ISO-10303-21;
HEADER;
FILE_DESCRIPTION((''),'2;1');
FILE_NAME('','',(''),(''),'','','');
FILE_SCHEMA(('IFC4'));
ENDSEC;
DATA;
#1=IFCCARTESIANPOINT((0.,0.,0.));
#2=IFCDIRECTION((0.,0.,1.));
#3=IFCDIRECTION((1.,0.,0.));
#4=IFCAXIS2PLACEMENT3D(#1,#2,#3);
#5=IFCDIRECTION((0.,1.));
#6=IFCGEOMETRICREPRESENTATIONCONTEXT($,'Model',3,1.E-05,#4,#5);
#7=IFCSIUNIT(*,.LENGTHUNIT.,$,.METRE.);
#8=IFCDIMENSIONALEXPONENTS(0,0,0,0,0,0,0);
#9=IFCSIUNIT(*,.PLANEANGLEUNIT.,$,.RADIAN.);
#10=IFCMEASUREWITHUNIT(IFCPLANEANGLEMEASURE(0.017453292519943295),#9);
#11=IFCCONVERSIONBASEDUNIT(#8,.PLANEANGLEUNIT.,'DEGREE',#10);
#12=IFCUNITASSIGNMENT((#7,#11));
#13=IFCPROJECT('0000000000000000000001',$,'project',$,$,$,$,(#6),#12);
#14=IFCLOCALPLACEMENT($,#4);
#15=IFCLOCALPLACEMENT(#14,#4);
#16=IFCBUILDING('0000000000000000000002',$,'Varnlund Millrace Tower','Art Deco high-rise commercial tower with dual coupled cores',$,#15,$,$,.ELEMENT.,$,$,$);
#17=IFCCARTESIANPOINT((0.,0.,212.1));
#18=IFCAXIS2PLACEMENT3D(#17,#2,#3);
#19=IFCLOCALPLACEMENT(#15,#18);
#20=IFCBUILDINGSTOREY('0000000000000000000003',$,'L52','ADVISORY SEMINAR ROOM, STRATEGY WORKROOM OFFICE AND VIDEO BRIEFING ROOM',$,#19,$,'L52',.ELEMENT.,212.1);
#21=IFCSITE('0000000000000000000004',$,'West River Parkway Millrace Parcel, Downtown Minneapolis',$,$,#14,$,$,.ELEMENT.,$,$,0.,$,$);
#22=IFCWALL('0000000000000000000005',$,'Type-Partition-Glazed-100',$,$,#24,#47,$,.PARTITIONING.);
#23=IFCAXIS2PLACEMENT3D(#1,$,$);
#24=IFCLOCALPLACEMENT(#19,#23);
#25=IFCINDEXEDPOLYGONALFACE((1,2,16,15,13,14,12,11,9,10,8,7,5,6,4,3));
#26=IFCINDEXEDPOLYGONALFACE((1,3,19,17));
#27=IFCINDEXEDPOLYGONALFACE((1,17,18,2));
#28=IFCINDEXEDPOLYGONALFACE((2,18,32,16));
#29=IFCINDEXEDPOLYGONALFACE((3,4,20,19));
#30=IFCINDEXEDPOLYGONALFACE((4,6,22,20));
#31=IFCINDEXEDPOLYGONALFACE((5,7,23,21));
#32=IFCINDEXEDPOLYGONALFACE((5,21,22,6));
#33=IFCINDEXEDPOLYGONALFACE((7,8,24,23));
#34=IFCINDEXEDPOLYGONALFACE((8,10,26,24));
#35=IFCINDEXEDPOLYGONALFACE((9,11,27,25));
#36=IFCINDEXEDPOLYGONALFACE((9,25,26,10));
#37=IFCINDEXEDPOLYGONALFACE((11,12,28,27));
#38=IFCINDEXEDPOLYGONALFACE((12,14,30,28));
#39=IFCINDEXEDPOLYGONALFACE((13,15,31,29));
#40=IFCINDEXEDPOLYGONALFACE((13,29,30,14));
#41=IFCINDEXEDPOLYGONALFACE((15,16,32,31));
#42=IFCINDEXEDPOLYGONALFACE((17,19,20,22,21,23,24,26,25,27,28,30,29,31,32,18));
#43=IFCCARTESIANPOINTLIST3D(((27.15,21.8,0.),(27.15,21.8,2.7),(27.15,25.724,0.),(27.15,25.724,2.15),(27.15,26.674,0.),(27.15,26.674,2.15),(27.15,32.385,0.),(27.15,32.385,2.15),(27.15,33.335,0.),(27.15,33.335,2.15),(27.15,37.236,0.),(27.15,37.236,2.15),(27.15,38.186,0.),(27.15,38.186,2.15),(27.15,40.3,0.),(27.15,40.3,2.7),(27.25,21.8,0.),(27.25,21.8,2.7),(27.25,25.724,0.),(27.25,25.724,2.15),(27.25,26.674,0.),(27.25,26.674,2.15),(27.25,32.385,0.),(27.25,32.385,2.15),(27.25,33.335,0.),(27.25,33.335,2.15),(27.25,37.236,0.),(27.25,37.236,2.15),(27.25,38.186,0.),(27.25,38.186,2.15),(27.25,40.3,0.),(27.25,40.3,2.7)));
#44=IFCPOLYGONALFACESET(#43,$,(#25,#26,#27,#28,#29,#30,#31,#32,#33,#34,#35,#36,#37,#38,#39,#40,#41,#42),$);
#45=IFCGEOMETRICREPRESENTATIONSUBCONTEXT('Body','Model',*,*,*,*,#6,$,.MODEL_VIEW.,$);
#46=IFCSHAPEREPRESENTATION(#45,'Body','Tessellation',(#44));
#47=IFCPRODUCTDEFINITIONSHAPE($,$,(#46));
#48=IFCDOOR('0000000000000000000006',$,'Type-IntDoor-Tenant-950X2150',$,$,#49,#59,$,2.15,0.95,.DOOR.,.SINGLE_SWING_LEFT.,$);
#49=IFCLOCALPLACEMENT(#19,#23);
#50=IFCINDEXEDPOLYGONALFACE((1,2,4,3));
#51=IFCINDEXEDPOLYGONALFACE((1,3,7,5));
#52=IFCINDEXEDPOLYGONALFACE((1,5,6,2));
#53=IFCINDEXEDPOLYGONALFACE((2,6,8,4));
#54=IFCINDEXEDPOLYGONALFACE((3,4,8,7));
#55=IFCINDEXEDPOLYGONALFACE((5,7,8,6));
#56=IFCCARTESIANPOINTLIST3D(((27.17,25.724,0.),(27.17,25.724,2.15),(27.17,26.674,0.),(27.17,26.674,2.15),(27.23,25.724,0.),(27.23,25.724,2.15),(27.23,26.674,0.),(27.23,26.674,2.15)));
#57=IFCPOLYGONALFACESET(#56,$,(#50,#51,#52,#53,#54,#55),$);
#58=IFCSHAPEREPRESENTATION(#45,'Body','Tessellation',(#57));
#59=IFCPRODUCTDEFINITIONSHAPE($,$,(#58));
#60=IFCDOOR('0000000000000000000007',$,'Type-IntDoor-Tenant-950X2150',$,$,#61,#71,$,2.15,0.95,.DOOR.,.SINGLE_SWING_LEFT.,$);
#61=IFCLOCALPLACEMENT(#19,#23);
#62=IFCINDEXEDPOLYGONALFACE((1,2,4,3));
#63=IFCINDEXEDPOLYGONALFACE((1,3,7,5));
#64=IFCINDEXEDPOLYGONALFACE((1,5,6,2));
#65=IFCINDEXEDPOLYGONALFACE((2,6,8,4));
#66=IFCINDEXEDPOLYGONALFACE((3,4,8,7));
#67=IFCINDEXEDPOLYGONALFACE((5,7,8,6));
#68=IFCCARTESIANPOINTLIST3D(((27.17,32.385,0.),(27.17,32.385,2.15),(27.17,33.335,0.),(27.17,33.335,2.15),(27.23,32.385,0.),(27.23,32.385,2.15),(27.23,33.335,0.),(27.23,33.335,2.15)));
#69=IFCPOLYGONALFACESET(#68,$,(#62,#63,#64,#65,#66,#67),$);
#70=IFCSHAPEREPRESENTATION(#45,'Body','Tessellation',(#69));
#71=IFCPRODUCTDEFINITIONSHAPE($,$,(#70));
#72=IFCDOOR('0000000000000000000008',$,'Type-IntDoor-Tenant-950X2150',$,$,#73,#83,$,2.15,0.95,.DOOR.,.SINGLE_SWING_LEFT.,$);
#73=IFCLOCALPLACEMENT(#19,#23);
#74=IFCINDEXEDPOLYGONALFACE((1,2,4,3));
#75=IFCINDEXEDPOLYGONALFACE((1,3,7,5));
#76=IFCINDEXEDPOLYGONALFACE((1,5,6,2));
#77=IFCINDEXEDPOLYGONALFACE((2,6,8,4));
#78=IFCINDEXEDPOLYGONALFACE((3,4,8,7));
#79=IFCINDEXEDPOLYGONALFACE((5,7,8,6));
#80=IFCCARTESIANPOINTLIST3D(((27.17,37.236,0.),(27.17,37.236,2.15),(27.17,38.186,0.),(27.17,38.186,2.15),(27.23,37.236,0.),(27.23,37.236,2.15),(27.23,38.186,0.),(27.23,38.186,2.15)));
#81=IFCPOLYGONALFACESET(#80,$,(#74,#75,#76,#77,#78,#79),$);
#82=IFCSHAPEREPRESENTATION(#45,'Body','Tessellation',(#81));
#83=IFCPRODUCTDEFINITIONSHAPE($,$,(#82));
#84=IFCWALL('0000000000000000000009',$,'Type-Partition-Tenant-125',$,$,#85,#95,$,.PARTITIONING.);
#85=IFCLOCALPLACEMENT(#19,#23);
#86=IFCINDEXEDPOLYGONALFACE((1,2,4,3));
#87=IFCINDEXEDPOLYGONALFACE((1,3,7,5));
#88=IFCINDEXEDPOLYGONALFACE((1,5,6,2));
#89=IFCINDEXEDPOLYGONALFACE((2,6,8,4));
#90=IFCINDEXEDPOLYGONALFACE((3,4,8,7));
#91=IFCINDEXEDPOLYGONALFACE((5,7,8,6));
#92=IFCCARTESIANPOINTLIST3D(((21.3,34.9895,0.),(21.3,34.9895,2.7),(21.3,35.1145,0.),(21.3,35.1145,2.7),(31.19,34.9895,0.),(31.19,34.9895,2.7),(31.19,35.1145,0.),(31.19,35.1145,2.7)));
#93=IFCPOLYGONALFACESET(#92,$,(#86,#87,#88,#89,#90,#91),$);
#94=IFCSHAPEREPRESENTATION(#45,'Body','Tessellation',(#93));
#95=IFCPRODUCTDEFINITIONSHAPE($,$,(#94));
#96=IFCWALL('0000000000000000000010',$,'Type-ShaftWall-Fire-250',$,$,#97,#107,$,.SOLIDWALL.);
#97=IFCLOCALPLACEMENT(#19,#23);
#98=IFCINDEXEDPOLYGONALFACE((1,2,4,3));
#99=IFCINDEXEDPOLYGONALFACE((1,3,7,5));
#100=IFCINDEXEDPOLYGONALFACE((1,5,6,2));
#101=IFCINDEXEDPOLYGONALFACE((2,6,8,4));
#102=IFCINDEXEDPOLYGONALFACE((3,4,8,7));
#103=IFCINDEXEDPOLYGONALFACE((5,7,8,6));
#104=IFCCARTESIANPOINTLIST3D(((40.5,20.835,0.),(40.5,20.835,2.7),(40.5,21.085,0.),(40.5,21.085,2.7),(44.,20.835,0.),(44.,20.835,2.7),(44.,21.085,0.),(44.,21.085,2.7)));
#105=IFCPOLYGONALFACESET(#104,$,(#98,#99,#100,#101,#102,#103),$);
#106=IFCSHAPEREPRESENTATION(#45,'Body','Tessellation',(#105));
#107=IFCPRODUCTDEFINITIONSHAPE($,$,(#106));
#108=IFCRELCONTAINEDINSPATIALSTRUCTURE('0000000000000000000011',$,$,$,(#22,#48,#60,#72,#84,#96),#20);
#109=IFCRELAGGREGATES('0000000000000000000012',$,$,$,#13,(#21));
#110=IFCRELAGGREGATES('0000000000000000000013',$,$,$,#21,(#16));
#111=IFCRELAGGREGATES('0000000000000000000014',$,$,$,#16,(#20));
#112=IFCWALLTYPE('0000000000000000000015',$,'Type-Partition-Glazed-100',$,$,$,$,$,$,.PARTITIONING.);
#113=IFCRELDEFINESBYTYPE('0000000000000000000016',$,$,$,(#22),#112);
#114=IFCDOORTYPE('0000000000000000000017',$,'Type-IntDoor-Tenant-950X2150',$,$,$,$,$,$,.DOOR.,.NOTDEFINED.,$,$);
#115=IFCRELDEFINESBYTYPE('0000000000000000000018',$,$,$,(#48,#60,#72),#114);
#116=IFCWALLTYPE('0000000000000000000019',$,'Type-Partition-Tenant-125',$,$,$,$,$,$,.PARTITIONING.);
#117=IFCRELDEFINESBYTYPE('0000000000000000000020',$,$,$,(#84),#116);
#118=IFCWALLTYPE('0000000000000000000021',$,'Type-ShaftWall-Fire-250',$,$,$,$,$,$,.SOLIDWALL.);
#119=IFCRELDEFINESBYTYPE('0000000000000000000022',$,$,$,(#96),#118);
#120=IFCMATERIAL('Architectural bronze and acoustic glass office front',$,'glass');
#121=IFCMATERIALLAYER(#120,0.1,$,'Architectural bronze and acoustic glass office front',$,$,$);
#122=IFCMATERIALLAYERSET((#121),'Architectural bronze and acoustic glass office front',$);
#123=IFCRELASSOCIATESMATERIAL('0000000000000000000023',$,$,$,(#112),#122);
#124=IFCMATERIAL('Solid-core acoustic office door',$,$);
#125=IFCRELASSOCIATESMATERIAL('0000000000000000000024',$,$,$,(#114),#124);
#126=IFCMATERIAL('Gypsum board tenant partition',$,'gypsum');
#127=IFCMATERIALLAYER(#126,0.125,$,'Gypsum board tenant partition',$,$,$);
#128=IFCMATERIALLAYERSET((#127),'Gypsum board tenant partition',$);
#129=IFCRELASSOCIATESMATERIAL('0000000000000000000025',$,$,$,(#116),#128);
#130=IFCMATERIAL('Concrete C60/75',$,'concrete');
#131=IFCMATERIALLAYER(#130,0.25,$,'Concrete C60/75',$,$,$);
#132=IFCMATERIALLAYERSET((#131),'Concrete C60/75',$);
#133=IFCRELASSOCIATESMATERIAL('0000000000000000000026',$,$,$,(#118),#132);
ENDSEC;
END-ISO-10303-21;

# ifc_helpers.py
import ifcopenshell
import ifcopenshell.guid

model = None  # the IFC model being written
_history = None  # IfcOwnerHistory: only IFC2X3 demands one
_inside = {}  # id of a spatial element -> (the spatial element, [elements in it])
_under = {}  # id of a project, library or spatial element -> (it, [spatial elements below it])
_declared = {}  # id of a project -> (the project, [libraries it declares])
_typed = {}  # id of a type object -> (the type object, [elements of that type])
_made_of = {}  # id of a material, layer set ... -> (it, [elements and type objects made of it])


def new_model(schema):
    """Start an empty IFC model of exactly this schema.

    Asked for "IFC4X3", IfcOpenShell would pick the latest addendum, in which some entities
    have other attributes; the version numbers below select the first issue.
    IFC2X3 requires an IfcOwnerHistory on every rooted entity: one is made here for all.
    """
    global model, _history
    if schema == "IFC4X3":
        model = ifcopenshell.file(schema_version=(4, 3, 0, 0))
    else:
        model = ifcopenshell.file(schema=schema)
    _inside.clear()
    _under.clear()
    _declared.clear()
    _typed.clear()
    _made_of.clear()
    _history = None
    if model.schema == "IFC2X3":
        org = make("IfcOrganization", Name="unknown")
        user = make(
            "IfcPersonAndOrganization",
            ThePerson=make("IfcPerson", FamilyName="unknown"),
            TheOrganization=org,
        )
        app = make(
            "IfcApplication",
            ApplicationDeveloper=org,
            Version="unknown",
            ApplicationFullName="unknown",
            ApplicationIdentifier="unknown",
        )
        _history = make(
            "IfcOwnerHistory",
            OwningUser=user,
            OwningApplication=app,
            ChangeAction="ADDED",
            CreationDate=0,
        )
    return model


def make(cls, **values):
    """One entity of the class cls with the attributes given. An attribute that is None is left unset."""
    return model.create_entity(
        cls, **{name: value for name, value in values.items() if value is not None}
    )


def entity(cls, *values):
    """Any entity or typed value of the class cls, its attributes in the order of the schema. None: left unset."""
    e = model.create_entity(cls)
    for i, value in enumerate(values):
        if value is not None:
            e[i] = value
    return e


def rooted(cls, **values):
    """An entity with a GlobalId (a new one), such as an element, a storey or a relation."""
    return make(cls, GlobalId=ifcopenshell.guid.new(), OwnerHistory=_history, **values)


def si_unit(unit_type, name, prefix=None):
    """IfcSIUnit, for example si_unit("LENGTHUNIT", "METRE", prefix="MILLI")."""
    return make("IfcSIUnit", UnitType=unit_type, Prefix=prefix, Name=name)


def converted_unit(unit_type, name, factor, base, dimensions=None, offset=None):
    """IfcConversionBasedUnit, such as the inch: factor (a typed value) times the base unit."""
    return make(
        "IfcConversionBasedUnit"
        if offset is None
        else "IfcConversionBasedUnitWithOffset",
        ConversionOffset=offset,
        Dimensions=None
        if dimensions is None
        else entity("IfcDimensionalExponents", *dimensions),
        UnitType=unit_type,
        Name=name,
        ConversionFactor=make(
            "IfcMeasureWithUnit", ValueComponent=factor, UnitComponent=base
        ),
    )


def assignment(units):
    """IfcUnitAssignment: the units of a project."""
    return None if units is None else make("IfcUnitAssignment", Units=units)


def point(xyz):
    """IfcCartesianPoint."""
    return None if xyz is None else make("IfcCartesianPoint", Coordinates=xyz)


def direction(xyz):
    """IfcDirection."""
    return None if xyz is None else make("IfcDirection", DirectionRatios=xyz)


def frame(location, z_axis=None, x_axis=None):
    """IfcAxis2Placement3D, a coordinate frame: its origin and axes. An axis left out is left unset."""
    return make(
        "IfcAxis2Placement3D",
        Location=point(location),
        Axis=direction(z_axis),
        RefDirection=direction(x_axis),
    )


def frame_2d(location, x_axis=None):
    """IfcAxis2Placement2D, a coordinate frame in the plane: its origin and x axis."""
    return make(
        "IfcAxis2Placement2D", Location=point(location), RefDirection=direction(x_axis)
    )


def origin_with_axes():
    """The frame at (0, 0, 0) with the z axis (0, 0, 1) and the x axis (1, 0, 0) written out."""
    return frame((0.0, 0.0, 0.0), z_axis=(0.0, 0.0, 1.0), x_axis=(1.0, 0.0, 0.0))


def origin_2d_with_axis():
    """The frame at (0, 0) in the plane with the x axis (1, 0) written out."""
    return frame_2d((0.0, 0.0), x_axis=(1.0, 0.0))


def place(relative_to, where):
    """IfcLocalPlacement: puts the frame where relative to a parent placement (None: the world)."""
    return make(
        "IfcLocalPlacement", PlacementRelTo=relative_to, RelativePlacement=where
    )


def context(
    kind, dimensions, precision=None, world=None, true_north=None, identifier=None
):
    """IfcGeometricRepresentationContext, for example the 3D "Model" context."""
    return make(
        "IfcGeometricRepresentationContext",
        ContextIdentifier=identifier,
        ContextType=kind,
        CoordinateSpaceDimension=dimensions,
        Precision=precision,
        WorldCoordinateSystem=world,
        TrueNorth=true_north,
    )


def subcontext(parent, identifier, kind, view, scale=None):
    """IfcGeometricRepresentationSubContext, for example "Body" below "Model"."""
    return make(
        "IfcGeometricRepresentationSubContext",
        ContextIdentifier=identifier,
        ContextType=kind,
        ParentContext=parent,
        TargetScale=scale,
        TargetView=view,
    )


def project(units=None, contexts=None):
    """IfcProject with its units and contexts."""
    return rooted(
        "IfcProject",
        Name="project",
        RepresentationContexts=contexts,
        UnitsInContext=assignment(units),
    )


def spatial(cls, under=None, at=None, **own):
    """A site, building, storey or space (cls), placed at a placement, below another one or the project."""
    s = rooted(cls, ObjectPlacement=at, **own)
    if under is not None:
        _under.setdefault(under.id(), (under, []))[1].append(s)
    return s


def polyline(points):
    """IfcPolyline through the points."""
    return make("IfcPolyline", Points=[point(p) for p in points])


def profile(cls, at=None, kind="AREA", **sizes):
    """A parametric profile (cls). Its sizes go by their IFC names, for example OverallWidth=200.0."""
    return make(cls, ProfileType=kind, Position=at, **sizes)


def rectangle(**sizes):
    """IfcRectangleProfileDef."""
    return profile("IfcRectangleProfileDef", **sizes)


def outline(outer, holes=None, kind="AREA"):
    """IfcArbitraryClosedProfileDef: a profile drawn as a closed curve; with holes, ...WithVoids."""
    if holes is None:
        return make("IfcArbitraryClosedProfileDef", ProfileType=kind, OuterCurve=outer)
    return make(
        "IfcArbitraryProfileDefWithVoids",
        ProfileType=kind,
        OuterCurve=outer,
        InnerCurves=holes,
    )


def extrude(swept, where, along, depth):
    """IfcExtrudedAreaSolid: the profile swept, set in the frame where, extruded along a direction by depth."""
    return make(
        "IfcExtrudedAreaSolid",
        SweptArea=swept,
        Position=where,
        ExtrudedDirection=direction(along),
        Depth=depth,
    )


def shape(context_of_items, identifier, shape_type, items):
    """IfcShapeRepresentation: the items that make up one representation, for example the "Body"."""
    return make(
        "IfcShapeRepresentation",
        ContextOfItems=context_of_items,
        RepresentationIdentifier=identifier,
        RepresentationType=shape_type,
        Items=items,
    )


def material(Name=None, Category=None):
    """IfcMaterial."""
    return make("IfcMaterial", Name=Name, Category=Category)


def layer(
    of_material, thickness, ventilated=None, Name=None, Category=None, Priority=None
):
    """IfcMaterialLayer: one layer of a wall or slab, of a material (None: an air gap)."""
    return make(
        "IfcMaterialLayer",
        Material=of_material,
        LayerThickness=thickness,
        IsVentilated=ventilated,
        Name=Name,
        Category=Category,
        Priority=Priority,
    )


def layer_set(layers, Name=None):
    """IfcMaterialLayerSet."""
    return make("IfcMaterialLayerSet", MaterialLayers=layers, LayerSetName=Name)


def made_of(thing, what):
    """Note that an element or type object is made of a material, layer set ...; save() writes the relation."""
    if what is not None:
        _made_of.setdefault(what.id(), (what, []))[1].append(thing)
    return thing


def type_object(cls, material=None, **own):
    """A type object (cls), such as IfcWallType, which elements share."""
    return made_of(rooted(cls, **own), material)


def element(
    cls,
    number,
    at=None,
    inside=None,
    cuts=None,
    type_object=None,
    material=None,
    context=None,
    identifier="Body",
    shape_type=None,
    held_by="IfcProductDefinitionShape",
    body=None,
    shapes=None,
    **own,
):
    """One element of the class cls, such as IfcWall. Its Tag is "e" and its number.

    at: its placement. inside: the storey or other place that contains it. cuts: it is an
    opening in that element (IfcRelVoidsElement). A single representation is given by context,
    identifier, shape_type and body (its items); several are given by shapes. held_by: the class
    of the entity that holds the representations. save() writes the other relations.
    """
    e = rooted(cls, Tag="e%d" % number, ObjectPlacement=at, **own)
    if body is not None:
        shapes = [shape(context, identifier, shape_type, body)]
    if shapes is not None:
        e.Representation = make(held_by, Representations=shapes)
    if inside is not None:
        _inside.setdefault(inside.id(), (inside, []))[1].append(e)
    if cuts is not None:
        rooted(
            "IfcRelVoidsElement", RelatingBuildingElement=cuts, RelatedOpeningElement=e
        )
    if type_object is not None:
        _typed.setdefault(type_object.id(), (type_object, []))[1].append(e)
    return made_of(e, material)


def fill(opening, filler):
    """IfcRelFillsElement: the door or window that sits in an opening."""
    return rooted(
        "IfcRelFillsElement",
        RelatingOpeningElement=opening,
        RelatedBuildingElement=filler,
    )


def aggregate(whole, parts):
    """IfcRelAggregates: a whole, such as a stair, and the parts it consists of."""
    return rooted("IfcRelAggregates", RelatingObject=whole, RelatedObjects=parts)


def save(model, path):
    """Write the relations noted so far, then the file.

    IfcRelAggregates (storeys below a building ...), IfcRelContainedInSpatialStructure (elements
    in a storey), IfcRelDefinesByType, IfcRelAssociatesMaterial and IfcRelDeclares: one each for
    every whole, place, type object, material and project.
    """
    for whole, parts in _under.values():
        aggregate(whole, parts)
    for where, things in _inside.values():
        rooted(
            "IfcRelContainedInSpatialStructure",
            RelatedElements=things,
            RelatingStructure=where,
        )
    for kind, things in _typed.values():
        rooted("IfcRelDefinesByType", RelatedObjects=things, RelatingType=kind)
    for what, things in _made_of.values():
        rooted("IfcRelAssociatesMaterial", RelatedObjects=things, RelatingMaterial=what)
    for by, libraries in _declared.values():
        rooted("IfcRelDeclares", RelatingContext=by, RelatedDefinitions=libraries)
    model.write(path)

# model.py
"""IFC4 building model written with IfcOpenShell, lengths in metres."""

from ifc_helpers import new_model, entity, si_unit, converted_unit, direction, frame, origin_with_axes, origin_2d_with_axis, place, context, subcontext, project, spatial, polyline, rectangle, outline, extrude, material, layer, layer_set, type_object, element, fill, save


model = new_model("IFC4")

# Units and contexts
model_context = context("Model", 3, precision=1e-05, world=origin_with_axes(), true_north=direction((0.0, 1.0)))
body_context = subcontext(model_context, "Body", "Model", "MODEL_VIEW")
ifc_project = project(units=[si_unit("LENGTHUNIT", "METRE"), converted_unit("PLANEANGLEUNIT", "DEGREE", entity("IfcPlaneAngleMeasure", 0.017453292519943295), si_unit("PLANEANGLEUNIT", "RADIAN"), dimensions=[0, 0, 0, 0, 0, 0, 0])], contexts=[model_context])

# Site, building, storey
site_placement = place(None, origin_with_axes())
site = spatial("IfcSite", under=ifc_project, at=site_placement, Name="West River Parkway Millrace Parcel, Downtown Minneapolis", CompositionType="ELEMENT", RefElevation=0.0)
building_placement = place(site_placement, origin_with_axes())
building = spatial("IfcBuilding", under=site, at=building_placement, Name="Varnlund Millrace Tower", Description="Art Deco high-rise commercial tower with dual coupled cores", CompositionType="ELEMENT")
storey_placement = place(building_placement, frame((0.0, 0.0, 212.1), z_axis=(0.0, 0.0, 1.0), x_axis=(1.0, 0.0, 0.0)))
storey = spatial("IfcBuildingStorey", under=building, at=storey_placement, Name="L52", Description="ADVISORY SEMINAR ROOM, STRATEGY WORKROOM OFFICE AND VIDEO BRIEFING ROOM", LongName="L52", CompositionType="ELEMENT", Elevation=212.1)

# Wall, openings, doors
ifc_material_1 = material(Name="Architectural bronze and acoustic glass office front", Category="glass")
ifc_layer_1 = layer(ifc_material_1, 0.1, Name="Architectural bronze and acoustic glass office front")
ifc_layer_set_1 = layer_set([ifc_layer_1], Name="Architectural bronze and acoustic glass office front")
wall_type_1 = type_object("IfcWallType", Name="Type-Partition-Glazed-100", PredefinedType="PARTITIONING", material=ifc_layer_set_1)
wall_1_placement = place(storey_placement, frame((27.2, 21.8, 0.0), z_axis=(0.0, 0.0, 1.0), x_axis=(0.0, 1.0, 0.0)))
wall_1 = element("IfcWall", 1, at=wall_1_placement, inside=storey, type_object=wall_type_1, Name="Type-Partition-Glazed-100", PredefinedType="PARTITIONING", context=body_context, shape_type="SweptSolid", body=[
    extrude(outline(polyline([(0.0, -0.05), (18.5, -0.05), (18.5, 0.05), (0.0, 0.05), (0.0, -0.05)])), origin_with_axes(), (0.0, 0.0, 1.0), 2.7),
])
opening_1_placement = place(wall_1_placement, frame((4.399, 0.0, 0.0), z_axis=(0.0, 0.0, 1.0), x_axis=(1.0, 0.0, 0.0)))
opening_1 = element("IfcOpeningElement", 2, at=opening_1_placement, cuts=wall_1, PredefinedType="OPENING", context=body_context, shape_type="SweptSolid", body=[
    extrude(rectangle(XDim=0.95, YDim=0.12, at=origin_2d_with_axis()), origin_with_axes(), (0.0, 0.0, 1.0), 2.15),
])
opening_2_placement = place(wall_1_placement, frame((11.06, 0.0, 0.0), z_axis=(0.0, 0.0, 1.0), x_axis=(1.0, 0.0, 0.0)))
opening_2 = element("IfcOpeningElement", 3, at=opening_2_placement, cuts=wall_1, PredefinedType="OPENING", context=body_context, shape_type="SweptSolid", body=[
    extrude(rectangle(XDim=0.95, YDim=0.12, at=origin_2d_with_axis()), origin_with_axes(), (0.0, 0.0, 1.0), 2.15),
])
opening_3_placement = place(wall_1_placement, frame((15.911, 0.0, 0.0), z_axis=(0.0, 0.0, 1.0), x_axis=(1.0, 0.0, 0.0)))
opening_3 = element("IfcOpeningElement", 4, at=opening_3_placement, cuts=wall_1, PredefinedType="OPENING", context=body_context, shape_type="SweptSolid", body=[
    extrude(rectangle(XDim=0.95, YDim=0.12, at=origin_2d_with_axis()), origin_with_axes(), (0.0, 0.0, 1.0), 2.15),
])
ifc_material_2 = material(Name="Solid-core acoustic office door")
door_type = type_object("IfcDoorType", Name="Type-IntDoor-Tenant-950X2150", OperationType="NOTDEFINED", PredefinedType="DOOR", material=ifc_material_2)
door_1_placement = place(wall_1_placement, frame((4.399, 0.0, 0.0), z_axis=(0.0, 0.0, 1.0), x_axis=(1.0, 0.0, 0.0)))
door_1 = element("IfcDoor", 5, at=door_1_placement, inside=storey, type_object=door_type, Name="Type-IntDoor-Tenant-950X2150", OperationType="SINGLE_SWING_LEFT", OverallHeight=2.15, OverallWidth=0.95, PredefinedType="DOOR", context=body_context, shape_type="SweptSolid", body=[
    extrude(rectangle(XDim=0.95, YDim=0.06, at=origin_2d_with_axis()), origin_with_axes(), (0.0, 0.0, 1.0), 2.15),
])
fill(opening_1, door_1)
door_2_placement = place(wall_1_placement, frame((11.06, 0.0, 0.0), z_axis=(0.0, 0.0, 1.0), x_axis=(1.0, 0.0, 0.0)))
door_2 = element("IfcDoor", 6, at=door_2_placement, inside=storey, type_object=door_type, Name="Type-IntDoor-Tenant-950X2150", OperationType="SINGLE_SWING_LEFT", OverallHeight=2.15, OverallWidth=0.95, PredefinedType="DOOR", context=body_context, shape_type="SweptSolid", body=[
    extrude(rectangle(XDim=0.95, YDim=0.06, at=origin_2d_with_axis()), origin_with_axes(), (0.0, 0.0, 1.0), 2.15),
])
fill(opening_2, door_2)
door_3_placement = place(wall_1_placement, frame((15.911, 0.0, 0.0), z_axis=(0.0, 0.0, 1.0), x_axis=(1.0, 0.0, 0.0)))
door_3 = element("IfcDoor", 7, at=door_3_placement, inside=storey, type_object=door_type, Name="Type-IntDoor-Tenant-950X2150", OperationType="SINGLE_SWING_LEFT", OverallHeight=2.15, OverallWidth=0.95, PredefinedType="DOOR", context=body_context, shape_type="SweptSolid", body=[
    extrude(rectangle(XDim=0.95, YDim=0.06, at=origin_2d_with_axis()), origin_with_axes(), (0.0, 0.0, 1.0), 2.15),
])
fill(opening_3, door_3)

# Walls
ifc_material_3 = material(Name="Gypsum board tenant partition", Category="gypsum")
ifc_layer_2 = layer(ifc_material_3, 0.125, Name="Gypsum board tenant partition")
ifc_layer_set_2 = layer_set([ifc_layer_2], Name="Gypsum board tenant partition")
wall_type_2 = type_object("IfcWallType", Name="Type-Partition-Tenant-125", PredefinedType="PARTITIONING", material=ifc_layer_set_2)
wall_2_placement = place(storey_placement, frame((21.3, 35.052, 0.0), z_axis=(0.0, 0.0, 1.0), x_axis=(1.0, 0.0, 0.0)))
element("IfcWall", 8, at=wall_2_placement, inside=storey, type_object=wall_type_2, Name="Type-Partition-Tenant-125", PredefinedType="PARTITIONING", context=body_context, shape_type="SweptSolid", body=[
    extrude(outline(polyline([(0.0, -0.0625), (9.89, -0.0625), (9.89, 0.0625), (0.0, 0.0625), (0.0, -0.0625)])), origin_with_axes(), (0.0, 0.0, 1.0), 2.7),
])
ifc_material_4 = material(Name="Concrete C60/75", Category="concrete")
ifc_layer_3 = layer(ifc_material_4, 0.25, Name="Concrete C60/75")
ifc_layer_set_3 = layer_set([ifc_layer_3], Name="Concrete C60/75")
wall_type_3 = type_object("IfcWallType", Name="Type-ShaftWall-Fire-250", PredefinedType="SOLIDWALL", material=ifc_layer_set_3)
wall_3_placement = place(storey_placement, frame((40.5, 20.96, 0.0), z_axis=(0.0, 0.0, 1.0), x_axis=(1.0, 0.0, 0.0)))
element("IfcWall", 9, at=wall_3_placement, inside=storey, type_object=wall_type_3, Name="Type-ShaftWall-Fire-250", PredefinedType="SOLIDWALL", context=body_context, shape_type="SweptSolid", body=[
    extrude(outline(polyline([(0.0, -0.125), (3.5, -0.125), (3.5, 0.125), (0.0, 0.125), (0.0, -0.125)])), origin_with_axes(), (0.0, 0.0, 1.0), 2.7),
])

save(model, "model.ifc")
